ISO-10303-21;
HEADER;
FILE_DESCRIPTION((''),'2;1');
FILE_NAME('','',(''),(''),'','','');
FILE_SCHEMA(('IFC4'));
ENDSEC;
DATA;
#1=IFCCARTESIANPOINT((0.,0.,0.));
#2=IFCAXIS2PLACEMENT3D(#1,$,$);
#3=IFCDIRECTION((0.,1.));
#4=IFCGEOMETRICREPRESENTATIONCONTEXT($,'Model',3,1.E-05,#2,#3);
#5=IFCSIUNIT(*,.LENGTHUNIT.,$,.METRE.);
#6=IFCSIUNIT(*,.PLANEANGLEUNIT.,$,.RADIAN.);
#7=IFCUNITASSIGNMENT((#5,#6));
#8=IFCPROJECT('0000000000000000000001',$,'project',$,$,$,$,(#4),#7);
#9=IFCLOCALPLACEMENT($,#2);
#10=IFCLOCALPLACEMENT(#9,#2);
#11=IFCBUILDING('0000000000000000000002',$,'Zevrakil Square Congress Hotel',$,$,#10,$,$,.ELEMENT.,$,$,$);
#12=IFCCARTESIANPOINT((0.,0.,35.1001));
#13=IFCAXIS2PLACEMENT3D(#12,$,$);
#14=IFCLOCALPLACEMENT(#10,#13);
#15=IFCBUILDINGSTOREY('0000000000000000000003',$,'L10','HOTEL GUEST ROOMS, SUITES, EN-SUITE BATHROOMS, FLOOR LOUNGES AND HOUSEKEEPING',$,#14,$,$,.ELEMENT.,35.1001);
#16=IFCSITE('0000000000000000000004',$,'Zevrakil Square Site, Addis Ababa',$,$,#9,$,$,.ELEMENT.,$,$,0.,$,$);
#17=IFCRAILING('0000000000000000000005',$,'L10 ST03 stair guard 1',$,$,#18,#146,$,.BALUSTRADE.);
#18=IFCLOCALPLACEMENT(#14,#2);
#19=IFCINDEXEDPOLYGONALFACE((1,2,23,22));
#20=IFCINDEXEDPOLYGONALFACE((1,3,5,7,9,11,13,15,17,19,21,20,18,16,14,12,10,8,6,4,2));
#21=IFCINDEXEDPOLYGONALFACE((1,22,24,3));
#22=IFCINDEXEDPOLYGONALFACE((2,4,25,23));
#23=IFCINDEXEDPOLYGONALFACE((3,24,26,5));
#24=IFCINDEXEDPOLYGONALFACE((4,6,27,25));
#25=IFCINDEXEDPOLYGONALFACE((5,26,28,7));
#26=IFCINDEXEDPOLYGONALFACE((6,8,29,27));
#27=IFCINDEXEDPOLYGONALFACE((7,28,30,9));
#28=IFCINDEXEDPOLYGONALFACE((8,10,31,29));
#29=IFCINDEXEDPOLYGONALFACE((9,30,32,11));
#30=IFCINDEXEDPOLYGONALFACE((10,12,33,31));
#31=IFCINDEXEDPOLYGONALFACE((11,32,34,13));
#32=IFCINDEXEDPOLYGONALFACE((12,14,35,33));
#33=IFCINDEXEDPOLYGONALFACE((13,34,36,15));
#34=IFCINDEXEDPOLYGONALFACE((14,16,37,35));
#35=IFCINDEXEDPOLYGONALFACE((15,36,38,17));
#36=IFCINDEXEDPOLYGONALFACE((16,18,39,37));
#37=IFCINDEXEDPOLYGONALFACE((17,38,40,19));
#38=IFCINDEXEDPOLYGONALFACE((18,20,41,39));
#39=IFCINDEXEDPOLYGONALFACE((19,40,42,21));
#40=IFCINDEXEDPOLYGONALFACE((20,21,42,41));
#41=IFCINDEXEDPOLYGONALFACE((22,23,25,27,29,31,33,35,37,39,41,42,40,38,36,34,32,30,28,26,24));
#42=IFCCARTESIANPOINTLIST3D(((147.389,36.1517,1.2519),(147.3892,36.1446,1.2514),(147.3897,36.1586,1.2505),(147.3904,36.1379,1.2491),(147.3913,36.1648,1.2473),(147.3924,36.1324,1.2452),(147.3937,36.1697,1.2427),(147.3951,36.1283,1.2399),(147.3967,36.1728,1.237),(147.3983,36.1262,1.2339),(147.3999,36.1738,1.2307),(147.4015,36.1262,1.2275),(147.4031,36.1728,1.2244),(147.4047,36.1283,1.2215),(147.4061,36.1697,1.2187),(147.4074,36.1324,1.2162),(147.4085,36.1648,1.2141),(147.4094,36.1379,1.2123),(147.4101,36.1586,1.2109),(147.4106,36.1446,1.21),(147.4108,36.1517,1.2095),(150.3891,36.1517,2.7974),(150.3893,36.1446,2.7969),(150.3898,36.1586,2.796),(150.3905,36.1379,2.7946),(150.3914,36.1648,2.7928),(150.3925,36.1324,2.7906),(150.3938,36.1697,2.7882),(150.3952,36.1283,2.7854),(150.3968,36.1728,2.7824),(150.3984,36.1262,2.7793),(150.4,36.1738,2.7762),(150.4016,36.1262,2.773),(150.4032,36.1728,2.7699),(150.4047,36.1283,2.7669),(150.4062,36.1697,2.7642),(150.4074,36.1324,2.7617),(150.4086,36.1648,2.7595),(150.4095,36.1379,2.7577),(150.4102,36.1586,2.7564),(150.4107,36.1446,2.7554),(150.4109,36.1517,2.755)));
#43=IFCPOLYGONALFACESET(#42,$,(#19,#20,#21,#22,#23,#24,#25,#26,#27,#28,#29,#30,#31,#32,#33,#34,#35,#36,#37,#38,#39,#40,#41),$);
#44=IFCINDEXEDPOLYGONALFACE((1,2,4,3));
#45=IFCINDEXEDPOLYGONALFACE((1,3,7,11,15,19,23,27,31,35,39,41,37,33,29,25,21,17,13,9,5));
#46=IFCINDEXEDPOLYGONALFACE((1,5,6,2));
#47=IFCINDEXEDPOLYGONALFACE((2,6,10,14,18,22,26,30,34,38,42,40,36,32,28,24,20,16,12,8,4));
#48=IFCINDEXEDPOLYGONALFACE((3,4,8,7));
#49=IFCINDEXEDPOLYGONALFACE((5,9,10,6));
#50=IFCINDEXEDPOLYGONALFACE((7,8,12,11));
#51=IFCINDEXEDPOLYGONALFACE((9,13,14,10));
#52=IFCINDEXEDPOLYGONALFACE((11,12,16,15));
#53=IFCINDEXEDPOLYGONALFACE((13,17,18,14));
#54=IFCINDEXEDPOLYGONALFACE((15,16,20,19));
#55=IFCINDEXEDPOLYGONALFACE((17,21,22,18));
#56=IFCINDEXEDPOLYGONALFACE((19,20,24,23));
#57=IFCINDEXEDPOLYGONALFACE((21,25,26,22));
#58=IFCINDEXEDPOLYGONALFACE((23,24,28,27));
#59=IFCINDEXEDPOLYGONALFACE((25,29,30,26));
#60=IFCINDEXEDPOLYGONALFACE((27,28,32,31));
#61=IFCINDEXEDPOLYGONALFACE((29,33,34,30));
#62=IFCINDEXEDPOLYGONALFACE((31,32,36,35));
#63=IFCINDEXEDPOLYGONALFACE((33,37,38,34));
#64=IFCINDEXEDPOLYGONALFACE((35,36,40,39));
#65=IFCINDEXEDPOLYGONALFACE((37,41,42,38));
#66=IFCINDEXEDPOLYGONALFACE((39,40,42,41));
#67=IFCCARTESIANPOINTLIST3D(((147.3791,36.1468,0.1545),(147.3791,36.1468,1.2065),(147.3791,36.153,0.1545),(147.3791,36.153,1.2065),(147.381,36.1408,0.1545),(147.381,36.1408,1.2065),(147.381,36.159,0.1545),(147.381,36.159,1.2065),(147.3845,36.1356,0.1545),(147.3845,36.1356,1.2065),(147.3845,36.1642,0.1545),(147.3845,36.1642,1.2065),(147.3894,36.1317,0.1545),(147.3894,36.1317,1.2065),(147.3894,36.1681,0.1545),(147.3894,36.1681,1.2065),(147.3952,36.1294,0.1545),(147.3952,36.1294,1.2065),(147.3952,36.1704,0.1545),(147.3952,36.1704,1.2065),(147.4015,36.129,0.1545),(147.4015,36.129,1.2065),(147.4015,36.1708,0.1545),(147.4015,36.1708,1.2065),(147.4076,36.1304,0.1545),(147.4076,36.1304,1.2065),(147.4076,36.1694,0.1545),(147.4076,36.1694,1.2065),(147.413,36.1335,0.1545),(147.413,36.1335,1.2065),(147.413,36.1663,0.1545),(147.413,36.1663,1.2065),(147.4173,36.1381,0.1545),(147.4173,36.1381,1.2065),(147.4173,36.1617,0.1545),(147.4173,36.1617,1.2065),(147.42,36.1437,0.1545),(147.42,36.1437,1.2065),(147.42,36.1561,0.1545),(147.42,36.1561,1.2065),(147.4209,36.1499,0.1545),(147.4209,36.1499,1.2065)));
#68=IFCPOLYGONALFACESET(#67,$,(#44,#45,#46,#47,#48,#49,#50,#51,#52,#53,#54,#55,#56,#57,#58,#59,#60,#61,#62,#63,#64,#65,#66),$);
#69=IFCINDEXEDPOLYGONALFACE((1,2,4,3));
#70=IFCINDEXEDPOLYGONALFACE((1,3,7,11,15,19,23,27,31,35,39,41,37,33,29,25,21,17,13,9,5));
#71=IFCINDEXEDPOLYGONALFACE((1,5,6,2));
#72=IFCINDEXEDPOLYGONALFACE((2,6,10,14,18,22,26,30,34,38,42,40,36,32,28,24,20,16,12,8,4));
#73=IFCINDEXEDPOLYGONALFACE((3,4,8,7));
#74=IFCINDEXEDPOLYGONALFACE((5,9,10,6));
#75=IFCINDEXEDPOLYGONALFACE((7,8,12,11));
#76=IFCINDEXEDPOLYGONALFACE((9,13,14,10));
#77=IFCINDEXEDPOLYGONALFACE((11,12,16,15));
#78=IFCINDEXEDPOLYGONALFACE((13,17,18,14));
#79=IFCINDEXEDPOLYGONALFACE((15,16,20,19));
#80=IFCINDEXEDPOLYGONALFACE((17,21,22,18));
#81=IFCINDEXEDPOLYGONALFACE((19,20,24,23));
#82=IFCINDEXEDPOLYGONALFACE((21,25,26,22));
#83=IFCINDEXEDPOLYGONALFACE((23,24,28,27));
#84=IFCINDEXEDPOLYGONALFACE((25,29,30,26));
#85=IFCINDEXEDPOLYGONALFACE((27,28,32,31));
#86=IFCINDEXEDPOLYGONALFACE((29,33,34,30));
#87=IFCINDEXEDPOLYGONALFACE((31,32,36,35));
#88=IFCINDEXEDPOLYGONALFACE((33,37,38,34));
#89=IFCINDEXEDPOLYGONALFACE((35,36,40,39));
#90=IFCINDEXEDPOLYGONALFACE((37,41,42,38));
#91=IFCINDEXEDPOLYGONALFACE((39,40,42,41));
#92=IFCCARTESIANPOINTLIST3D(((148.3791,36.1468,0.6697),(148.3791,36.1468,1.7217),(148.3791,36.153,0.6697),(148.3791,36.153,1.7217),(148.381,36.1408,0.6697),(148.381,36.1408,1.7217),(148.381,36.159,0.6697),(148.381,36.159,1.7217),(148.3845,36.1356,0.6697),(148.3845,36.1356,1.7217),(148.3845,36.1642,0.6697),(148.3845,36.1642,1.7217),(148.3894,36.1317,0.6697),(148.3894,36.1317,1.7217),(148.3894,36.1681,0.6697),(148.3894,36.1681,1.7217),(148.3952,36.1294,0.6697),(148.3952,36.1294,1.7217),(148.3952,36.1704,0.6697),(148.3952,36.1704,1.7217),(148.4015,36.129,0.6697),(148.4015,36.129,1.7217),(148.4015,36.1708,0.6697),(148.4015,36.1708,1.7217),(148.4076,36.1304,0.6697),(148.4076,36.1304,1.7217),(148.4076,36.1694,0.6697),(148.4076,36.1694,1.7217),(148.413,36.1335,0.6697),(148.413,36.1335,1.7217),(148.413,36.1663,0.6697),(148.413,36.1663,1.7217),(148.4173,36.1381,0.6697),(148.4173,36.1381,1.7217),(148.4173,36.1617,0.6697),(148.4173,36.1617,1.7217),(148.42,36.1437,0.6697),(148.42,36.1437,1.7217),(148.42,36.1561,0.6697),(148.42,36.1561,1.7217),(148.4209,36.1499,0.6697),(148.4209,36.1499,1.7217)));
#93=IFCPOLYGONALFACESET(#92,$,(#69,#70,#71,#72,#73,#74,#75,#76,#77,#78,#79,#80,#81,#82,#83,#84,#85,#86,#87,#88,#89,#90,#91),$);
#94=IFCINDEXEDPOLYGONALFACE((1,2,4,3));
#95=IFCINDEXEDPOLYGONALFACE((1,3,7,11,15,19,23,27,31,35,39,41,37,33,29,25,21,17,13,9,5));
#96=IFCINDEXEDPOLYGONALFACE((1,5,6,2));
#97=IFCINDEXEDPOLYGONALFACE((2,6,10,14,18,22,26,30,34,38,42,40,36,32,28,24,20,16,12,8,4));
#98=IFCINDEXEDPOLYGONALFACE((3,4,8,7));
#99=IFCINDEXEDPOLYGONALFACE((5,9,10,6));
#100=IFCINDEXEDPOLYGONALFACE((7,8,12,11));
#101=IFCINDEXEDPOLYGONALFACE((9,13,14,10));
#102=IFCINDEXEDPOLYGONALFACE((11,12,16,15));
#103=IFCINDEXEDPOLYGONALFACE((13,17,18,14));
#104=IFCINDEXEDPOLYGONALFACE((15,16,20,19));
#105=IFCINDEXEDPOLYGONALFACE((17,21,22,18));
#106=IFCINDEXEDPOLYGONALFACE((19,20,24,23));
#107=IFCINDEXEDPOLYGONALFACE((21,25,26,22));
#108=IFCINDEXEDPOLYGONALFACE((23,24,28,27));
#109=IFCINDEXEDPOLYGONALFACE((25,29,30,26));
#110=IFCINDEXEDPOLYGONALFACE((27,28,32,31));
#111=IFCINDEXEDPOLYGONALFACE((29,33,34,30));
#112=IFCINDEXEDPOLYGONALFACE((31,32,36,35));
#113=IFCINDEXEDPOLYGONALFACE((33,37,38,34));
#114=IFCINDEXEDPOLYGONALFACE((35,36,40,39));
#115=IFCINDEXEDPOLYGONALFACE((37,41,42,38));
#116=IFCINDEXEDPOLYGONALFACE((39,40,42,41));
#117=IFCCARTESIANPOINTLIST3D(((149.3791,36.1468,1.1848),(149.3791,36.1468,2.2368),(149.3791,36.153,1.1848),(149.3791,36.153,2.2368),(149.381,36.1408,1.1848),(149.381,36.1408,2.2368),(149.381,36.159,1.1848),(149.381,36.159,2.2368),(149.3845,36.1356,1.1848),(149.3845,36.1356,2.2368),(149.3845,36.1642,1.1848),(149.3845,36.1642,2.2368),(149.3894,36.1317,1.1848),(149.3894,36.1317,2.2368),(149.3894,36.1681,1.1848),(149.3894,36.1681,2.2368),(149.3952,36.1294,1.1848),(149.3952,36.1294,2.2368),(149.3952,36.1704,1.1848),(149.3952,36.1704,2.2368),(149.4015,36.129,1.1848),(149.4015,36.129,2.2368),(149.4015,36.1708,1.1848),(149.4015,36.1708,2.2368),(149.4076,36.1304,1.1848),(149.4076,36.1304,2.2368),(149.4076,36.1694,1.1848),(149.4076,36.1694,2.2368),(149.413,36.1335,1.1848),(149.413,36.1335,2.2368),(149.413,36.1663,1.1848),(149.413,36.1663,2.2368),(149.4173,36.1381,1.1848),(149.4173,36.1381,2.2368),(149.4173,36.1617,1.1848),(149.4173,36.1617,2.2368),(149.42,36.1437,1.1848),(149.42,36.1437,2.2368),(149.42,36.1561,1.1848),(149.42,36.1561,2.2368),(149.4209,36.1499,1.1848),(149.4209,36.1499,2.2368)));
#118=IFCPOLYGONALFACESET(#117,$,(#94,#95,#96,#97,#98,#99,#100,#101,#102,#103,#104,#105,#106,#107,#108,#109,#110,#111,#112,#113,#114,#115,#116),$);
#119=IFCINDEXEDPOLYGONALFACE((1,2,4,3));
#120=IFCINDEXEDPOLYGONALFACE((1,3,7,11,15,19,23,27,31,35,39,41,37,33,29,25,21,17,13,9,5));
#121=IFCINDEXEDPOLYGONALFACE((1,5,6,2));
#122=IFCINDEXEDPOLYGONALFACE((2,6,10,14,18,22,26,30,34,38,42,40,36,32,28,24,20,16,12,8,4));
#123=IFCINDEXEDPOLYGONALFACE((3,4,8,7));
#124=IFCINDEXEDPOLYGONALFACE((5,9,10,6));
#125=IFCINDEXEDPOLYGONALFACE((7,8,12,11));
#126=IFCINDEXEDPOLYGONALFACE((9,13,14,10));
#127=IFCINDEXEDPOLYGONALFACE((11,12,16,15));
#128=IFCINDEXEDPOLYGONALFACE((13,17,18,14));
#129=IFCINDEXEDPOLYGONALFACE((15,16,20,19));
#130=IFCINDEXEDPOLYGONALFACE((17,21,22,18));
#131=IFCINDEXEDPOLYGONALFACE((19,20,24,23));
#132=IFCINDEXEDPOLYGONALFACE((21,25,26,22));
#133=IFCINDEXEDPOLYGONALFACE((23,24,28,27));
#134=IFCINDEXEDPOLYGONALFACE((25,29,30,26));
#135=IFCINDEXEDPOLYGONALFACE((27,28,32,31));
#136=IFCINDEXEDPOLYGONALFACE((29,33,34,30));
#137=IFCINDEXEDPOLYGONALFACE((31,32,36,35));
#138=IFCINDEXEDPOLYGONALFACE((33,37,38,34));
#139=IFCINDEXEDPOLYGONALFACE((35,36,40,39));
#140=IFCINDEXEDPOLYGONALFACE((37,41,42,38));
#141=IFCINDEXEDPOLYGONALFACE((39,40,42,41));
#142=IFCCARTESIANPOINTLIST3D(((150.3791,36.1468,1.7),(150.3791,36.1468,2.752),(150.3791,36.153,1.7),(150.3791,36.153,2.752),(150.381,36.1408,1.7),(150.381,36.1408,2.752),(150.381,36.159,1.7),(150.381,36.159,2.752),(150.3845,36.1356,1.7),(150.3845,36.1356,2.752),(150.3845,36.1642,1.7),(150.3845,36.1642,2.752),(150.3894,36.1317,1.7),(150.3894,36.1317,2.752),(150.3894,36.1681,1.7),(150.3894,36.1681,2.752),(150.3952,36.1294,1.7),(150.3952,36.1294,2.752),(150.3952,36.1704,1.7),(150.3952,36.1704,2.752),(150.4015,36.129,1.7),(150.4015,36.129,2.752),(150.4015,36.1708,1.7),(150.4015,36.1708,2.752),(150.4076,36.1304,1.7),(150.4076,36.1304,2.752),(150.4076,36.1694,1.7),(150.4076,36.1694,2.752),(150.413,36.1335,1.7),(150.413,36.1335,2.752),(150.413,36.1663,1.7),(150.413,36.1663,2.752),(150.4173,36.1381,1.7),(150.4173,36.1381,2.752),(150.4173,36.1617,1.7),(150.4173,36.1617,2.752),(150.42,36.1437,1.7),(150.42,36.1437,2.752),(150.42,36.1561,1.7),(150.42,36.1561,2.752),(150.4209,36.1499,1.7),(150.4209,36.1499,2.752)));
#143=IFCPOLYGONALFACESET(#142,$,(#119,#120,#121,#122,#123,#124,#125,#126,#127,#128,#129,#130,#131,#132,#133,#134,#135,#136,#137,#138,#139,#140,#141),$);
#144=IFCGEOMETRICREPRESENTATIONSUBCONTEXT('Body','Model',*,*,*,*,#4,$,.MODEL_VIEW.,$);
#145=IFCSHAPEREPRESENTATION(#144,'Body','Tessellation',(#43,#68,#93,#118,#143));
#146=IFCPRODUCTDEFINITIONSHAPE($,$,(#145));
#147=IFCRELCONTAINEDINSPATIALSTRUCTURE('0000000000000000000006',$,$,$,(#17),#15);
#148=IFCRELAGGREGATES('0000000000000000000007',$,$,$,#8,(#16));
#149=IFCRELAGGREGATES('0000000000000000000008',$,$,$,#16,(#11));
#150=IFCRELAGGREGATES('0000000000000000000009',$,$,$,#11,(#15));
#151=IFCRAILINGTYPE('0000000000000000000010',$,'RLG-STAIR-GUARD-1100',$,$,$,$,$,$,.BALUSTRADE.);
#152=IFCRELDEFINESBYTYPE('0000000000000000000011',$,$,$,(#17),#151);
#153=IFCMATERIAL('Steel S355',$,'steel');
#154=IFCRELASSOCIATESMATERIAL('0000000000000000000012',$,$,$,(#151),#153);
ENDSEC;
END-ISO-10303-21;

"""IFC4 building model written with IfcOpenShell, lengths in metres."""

from ifc_helpers import new_model, si_unit, direction, frame, origin, origin_2d, place, context, subcontext, project, spatial, circle, extrude, material, type_object, element, save


model = new_model("IFC4")

# Units and contexts
model_context = context("Model", 3, precision=1e-05, world=origin(), true_north=direction((0.0, 1.0)))
body_context = subcontext(model_context, "Body", "Model", "MODEL_VIEW")
ifc_project = project(units=[si_unit("LENGTHUNIT", "METRE"), si_unit("PLANEANGLEUNIT", "RADIAN")], contexts=[model_context])

# Site, building, storey
site_placement = place(None, origin())
site = spatial("IfcSite", under=ifc_project, at=site_placement, Name="Zevrakil Square Site, Addis Ababa", CompositionType="ELEMENT", RefElevation=0.0)
building_placement = place(site_placement, origin())
building = spatial("IfcBuilding", under=site, at=building_placement, Name="Zevrakil Square Congress Hotel", CompositionType="ELEMENT")
storey_placement = place(building_placement, frame((0.0, 0.0, 35.1001)))
storey = spatial("IfcBuildingStorey", under=building, at=storey_placement, Name="L10", Description="HOTEL GUEST ROOMS, SUITES, EN-SUITE BATHROOMS, FLOOR LOUNGES AND HOUSEKEEPING", CompositionType="ELEMENT", Elevation=35.1001)

# Railing
ifc_material_1 = material(Name="Steel S355", Category="steel")
railing_type_1 = type_object("IfcRailingType", Name="RLG-STAIR-GUARD-1100", PredefinedType="BALUSTRADE", material=ifc_material_1)
railing_1_placement = place(storey_placement, frame((147.3999, 36.1499, 0.1545)))
element("IfcRailing", 1, at=railing_1_placement, inside=storey, type_object=railing_type_1, Name="L10 ST03 stair guard 1", PredefinedType="BALUSTRADE", context=body_context, shape_type="SweptSolid", body=[
    extrude(circle(Radius=0.0239, at=origin_2d()), frame((0.0, 0.0, 1.0762), z_axis=(0.88898, 0.0, 0.457946), x_axis=(0.0, 1.0, 0.0)), (0.0, 0.0, 1.0), 3.3748),
    extrude(circle(Radius=0.021, at=origin_2d()), origin(), (0.0, 0.0, 1.0), 1.052),
    extrude(circle(Radius=0.021, at=origin_2d()), frame((1.0, 0.0, 0.5151)), (0.0, 0.0, 1.0), 1.052),
    extrude(circle(Radius=0.021, at=origin_2d()), frame((2.0, 0.0, 1.0303)), (0.0, 0.0, 1.0), 1.052),
    extrude(circle(Radius=0.021, at=origin_2d()), frame((3.0, 0.0, 1.5454)), (0.0, 0.0, 1.0), 1.052),
])

save(model, "model.ifc")
